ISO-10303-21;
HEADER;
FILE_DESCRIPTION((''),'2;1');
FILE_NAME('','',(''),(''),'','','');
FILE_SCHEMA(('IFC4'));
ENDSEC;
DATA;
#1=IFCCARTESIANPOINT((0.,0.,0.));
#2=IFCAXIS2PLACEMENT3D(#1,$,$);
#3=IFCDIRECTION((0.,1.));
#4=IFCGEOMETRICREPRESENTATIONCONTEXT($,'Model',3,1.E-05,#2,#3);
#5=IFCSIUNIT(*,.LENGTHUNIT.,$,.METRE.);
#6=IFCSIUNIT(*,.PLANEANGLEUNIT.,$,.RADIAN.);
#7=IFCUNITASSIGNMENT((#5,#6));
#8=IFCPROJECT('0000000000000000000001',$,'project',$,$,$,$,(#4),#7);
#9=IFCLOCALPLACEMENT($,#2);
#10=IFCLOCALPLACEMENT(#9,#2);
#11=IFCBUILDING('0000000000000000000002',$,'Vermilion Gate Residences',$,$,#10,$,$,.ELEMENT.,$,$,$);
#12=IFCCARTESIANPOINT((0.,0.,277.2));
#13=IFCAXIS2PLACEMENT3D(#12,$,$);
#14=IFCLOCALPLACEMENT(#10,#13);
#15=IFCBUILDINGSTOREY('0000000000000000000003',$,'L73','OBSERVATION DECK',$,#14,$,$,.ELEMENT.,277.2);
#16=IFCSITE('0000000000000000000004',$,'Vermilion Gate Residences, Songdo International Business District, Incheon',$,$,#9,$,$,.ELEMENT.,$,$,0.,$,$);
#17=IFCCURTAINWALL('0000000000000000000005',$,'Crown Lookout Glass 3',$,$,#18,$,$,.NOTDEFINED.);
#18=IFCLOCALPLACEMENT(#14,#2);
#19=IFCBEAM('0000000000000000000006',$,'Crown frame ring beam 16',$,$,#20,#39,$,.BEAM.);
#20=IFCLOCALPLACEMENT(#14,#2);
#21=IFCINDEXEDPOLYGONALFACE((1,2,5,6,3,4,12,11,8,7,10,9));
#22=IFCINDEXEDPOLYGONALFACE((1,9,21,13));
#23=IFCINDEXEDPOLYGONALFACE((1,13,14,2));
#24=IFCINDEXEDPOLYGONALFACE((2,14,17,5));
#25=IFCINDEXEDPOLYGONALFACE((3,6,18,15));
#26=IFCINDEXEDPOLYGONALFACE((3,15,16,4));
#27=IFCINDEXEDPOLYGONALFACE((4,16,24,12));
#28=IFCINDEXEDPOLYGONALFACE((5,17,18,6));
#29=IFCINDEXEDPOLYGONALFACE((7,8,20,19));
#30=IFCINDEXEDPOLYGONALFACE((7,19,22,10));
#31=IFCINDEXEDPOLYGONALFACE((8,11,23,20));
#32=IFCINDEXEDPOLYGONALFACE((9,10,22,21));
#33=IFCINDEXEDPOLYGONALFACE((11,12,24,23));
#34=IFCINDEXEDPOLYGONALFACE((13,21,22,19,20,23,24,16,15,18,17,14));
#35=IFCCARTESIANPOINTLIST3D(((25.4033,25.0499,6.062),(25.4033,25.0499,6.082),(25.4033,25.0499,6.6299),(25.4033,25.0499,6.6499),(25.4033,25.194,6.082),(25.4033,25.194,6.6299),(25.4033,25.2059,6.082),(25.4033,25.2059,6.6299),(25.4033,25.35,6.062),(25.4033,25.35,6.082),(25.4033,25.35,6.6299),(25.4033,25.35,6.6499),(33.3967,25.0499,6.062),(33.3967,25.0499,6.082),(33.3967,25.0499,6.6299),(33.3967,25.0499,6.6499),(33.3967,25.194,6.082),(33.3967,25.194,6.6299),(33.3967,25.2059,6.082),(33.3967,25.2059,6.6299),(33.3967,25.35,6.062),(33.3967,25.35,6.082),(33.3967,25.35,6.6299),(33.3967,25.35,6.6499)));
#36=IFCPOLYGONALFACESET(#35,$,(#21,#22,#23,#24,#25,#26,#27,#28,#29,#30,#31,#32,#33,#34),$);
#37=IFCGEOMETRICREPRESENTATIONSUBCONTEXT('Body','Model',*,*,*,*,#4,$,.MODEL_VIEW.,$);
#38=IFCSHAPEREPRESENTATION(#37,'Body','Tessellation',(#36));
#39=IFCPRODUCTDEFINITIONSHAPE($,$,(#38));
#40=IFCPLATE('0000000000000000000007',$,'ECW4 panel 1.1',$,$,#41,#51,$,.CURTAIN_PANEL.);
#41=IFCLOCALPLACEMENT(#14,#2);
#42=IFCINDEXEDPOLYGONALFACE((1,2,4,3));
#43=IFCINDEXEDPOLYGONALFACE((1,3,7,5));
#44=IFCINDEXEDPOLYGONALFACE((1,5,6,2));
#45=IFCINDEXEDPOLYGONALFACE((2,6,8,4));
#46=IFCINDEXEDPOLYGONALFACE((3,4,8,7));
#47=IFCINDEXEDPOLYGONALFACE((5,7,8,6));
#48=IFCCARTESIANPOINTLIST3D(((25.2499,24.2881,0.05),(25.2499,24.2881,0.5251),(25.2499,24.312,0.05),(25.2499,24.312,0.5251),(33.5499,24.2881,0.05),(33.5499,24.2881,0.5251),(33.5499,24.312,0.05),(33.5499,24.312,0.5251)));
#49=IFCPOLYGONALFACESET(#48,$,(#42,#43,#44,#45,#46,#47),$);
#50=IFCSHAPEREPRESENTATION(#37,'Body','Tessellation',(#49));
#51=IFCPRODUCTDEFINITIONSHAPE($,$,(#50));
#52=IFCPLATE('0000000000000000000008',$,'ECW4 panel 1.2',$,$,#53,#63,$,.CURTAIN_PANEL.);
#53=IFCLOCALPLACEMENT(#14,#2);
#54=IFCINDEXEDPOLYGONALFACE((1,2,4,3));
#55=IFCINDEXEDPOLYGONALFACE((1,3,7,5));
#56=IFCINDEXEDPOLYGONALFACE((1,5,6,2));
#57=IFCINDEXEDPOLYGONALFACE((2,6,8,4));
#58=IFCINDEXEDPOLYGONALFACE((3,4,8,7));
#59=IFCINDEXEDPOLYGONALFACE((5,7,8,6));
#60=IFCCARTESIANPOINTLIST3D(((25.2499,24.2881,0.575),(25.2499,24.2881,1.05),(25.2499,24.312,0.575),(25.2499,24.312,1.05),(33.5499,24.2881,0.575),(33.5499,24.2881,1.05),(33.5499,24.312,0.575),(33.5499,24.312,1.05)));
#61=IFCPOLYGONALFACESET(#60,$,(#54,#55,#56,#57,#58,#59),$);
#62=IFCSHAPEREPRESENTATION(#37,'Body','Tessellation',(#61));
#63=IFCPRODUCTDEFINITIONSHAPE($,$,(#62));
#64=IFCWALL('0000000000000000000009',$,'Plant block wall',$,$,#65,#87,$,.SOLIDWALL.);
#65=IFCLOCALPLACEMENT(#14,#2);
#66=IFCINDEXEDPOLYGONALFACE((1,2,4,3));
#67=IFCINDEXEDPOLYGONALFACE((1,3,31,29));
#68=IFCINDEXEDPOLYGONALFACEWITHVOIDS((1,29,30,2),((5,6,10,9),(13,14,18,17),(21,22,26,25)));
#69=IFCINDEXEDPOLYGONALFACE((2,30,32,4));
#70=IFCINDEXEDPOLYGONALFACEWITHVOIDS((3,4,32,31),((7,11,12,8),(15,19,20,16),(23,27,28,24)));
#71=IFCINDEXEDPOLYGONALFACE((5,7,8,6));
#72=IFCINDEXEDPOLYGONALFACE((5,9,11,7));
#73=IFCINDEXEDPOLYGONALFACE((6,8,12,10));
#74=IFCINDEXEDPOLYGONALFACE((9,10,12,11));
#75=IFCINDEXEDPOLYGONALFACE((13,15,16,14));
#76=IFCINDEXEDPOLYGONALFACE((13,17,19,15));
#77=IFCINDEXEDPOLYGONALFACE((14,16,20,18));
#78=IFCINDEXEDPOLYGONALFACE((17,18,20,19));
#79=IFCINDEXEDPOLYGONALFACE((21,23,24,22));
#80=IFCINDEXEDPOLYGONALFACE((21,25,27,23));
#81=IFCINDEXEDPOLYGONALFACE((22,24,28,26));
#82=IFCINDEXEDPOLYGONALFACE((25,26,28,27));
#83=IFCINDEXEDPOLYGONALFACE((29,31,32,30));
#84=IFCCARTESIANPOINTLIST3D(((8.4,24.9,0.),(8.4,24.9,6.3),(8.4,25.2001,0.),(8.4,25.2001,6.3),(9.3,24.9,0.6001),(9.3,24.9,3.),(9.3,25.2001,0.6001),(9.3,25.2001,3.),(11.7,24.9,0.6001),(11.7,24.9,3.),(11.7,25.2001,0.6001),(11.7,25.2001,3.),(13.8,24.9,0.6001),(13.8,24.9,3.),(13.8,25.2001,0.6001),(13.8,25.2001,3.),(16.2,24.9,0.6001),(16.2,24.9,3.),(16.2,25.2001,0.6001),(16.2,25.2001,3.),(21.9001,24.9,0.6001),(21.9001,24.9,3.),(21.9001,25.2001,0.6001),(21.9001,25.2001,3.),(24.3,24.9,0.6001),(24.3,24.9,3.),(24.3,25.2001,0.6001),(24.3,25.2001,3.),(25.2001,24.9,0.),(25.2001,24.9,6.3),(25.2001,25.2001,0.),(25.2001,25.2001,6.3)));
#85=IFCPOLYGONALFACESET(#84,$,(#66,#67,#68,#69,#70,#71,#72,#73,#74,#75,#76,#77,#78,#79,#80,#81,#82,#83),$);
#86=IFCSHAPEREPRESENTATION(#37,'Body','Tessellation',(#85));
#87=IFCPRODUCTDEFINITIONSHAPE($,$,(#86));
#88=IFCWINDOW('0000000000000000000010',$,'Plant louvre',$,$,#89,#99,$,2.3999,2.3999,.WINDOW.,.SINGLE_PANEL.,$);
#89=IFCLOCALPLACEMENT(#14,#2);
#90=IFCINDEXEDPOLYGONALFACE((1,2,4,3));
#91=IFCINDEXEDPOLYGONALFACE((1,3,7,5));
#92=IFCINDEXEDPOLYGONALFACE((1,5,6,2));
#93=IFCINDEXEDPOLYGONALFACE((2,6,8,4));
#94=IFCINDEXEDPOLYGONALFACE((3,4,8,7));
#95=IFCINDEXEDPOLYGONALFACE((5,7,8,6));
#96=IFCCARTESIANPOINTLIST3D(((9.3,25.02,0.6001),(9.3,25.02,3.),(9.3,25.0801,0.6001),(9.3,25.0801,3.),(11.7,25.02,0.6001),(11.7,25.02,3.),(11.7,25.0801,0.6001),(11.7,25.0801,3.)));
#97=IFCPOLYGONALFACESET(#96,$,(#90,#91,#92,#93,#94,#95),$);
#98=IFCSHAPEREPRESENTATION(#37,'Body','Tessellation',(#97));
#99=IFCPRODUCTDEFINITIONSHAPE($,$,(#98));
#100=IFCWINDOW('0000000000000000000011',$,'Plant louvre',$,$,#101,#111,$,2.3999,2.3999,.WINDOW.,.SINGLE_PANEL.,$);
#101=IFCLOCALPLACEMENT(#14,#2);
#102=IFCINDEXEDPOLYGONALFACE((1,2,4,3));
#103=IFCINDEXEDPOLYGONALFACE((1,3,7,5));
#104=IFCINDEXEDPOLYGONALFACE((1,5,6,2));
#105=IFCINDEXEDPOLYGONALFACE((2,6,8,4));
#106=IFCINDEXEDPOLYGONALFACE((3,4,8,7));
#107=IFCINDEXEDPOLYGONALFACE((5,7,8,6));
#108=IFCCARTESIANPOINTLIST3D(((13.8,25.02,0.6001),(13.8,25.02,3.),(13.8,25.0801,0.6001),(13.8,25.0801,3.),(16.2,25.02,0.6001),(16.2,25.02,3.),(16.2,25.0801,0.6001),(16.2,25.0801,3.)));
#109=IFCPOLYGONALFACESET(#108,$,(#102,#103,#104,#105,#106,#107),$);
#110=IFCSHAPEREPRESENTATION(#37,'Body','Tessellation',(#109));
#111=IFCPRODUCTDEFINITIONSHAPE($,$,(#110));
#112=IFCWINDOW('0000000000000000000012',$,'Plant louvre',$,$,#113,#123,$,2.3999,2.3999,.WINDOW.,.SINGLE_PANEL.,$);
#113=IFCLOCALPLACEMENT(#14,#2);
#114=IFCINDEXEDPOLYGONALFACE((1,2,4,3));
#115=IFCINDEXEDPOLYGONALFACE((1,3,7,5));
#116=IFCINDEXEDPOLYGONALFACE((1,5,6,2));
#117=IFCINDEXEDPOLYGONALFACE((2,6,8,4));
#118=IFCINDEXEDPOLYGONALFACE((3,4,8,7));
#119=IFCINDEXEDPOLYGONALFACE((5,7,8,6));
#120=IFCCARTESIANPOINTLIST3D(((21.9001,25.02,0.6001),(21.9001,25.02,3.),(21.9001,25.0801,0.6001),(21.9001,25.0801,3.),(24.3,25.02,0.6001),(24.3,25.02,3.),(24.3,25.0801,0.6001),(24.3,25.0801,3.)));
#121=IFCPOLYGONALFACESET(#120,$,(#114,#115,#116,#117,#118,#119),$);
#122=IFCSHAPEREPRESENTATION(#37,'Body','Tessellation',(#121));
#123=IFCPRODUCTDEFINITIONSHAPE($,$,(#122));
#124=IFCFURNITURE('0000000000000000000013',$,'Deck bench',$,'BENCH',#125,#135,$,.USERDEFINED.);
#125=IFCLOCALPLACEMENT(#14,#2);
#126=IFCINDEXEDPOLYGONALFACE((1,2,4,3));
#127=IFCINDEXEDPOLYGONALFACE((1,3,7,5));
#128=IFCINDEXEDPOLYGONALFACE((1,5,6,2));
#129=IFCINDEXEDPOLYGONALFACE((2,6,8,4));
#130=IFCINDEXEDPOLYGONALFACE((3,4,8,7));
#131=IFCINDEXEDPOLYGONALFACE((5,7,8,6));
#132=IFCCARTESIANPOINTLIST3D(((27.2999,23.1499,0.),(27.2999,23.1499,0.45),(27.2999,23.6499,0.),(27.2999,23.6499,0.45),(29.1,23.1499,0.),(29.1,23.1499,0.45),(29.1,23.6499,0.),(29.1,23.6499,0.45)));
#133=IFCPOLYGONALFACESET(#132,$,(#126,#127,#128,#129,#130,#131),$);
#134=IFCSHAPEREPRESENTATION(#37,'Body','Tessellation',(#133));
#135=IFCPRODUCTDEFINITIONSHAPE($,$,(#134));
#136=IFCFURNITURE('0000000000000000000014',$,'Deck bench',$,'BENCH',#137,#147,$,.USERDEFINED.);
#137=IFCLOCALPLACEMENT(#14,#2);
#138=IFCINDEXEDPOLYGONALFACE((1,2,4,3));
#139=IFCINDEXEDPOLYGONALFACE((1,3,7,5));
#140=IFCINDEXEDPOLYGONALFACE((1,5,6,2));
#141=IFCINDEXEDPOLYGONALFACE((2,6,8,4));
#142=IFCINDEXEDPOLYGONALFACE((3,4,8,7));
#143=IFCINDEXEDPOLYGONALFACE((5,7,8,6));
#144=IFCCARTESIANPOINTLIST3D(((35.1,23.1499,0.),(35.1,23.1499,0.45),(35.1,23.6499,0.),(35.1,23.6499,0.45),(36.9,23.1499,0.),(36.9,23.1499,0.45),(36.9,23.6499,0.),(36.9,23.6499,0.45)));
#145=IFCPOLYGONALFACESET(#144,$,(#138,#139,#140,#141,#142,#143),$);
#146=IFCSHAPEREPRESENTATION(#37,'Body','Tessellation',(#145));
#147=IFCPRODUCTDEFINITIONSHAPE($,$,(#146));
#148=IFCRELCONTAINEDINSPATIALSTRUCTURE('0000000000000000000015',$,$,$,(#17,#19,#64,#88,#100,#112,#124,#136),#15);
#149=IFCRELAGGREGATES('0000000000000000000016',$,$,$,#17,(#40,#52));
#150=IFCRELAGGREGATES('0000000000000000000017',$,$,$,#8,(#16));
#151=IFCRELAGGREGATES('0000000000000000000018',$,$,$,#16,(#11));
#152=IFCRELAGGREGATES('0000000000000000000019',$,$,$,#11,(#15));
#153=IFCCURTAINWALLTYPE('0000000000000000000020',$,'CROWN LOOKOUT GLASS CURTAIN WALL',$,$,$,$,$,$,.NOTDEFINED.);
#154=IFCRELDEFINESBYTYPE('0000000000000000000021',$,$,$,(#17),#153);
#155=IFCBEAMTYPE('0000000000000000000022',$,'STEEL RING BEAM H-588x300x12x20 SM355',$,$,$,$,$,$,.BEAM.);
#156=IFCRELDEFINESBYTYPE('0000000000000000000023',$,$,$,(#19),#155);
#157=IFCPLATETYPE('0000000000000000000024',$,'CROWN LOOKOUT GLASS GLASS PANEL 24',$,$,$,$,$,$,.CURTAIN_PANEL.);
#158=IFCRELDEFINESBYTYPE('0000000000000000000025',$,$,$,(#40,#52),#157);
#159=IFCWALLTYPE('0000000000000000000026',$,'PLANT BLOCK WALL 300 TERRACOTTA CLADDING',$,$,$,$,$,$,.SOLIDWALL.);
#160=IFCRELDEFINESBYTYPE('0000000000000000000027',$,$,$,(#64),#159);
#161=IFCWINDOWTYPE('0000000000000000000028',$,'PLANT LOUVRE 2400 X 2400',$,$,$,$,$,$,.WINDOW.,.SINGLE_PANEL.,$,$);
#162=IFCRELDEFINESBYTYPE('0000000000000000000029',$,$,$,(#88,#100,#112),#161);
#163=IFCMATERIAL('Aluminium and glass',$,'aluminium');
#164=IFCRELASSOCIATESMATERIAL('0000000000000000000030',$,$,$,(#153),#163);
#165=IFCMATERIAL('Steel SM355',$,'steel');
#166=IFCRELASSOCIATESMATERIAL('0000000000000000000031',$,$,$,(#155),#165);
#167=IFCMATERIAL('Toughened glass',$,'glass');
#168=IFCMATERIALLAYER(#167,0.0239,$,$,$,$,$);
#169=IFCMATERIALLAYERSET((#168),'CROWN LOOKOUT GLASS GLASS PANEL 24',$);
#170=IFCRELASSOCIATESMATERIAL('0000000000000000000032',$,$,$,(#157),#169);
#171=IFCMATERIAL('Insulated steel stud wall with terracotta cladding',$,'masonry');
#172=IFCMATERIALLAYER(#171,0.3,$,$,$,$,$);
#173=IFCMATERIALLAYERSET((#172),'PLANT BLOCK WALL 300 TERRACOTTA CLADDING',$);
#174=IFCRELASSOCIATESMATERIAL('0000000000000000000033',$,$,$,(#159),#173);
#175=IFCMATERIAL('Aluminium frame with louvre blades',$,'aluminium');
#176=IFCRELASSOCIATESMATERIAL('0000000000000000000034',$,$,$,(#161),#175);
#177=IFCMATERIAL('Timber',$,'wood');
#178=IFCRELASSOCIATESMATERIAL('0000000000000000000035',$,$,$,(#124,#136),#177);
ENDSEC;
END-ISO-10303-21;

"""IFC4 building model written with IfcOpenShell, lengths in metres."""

from ifc_helpers import new_model, si_unit, direction, frame, frame_2d, origin, origin_2d, place, context, subcontext, project, spatial, rectangle, i_section, extrude, material, layer, layer_set, material_profile, profile_set, type_object, element, fill, aggregate, save


model = new_model("IFC4")

# Units and contexts
model_context = context("Model", 3, precision=1e-05, world=origin(), true_north=direction((0.0, 1.0)))
body_context = subcontext(model_context, "Body", "Model", "MODEL_VIEW")
ifc_project = project(units=[si_unit("LENGTHUNIT", "METRE"), si_unit("PLANEANGLEUNIT", "RADIAN")], contexts=[model_context])

# Site, building, storey
site_placement = place(None, origin())
site = spatial("IfcSite", under=ifc_project, at=site_placement, Name="Vermilion Gate Residences, Songdo International Business District, Incheon", CompositionType="ELEMENT", RefElevation=0.0)
building_placement = place(site_placement, origin())
building = spatial("IfcBuilding", under=site, at=building_placement, Name="Vermilion Gate Residences", CompositionType="ELEMENT")
storey_placement = place(building_placement, frame((0.0, 0.0, 277.2)))
storey = spatial("IfcBuildingStorey", under=building, at=storey_placement, Name="L73", Description="OBSERVATION DECK", CompositionType="ELEMENT", Elevation=277.2)

# Shared definitions
ifc_material_1 = material(Name="Aluminium and glass", Category="aluminium")
curtain_wall_type = type_object("IfcCurtainWallType", Name="CROWN LOOKOUT GLASS CURTAIN WALL", PredefinedType="NOTDEFINED", material=ifc_material_1)

# Curtain wall
curtain_wall_1_placement = place(storey_placement, origin())
curtain_wall_1 = element("IfcCurtainWall", 1, at=curtain_wall_1_placement, inside=storey, type_object=curtain_wall_type, Name="Crown Lookout Glass 3", PredefinedType="NOTDEFINED")

# Beam
ifc_material_2 = material(Name="Steel SM355", Category="steel")
ifc_material_profile_1 = material_profile(ifc_material_2, i_section(OverallWidth=0.3, OverallDepth=0.5879, WebThickness=0.012, FlangeThickness=0.02, at=origin_2d()), Name="H-588x300x12x20")
ifc_profile_set_1 = profile_set([ifc_material_profile_1], Name="Steel SM355")
beam_type = type_object("IfcBeamType", Name="STEEL RING BEAM H-588x300x12x20 SM355", PredefinedType="BEAM", material=ifc_profile_set_1)
beam_placement = place(storey_placement, frame((25.4033, 25.2, 6.356), z_axis=(1.0, 0.0, 0.0), x_axis=(0.0, 1.0, 0.0)))
element("IfcBeam", 2, at=beam_placement, inside=storey, type_object=beam_type, Name="Crown frame ring beam 16", PredefinedType="BEAM", context=body_context, shape_type="SweptSolid", body=[
    extrude(i_section(OverallWidth=0.3, OverallDepth=0.5879, WebThickness=0.012, FlangeThickness=0.02, at=origin_2d()), origin(), (0.0, 0.0, 1.0), 7.9934),
])

# Plates
ifc_material_3 = material(Name="Toughened glass", Category="glass")
ifc_layer_1 = layer(ifc_material_3, 0.0239)
ifc_layer_set_1 = layer_set([ifc_layer_1], Name="CROWN LOOKOUT GLASS GLASS PANEL 24")
plate_type = type_object("IfcPlateType", Name="CROWN LOOKOUT GLASS GLASS PANEL 24", PredefinedType="CURTAIN_PANEL", material=ifc_layer_set_1)
plate_1_placement = place(storey_placement, frame((29.3999, 24.3, 0.05), z_axis=(0.0, 0.0, 1.0), x_axis=(-1.0, 0.0, 0.0)))
plate_1 = element("IfcPlate", 3, at=plate_1_placement, type_object=plate_type, Name="ECW4 panel 1.1", PredefinedType="CURTAIN_PANEL", context=body_context, shape_type="SweptSolid", body=[
    extrude(rectangle(XDim=8.3, YDim=0.0239, at=origin_2d()), origin(), (0.0, 0.0, 1.0), 0.4751),
])
plate_2_placement = place(storey_placement, frame((29.3999, 24.3, 0.575), z_axis=(0.0, 0.0, 1.0), x_axis=(-1.0, 0.0, 0.0)))
plate_2 = element("IfcPlate", 4, at=plate_2_placement, type_object=plate_type, Name="ECW4 panel 1.2", PredefinedType="CURTAIN_PANEL", context=body_context, shape_type="SweptSolid", body=[
    extrude(rectangle(XDim=8.3, YDim=0.0239, at=origin_2d()), origin(), (0.0, 0.0, 1.0), 0.4751),
])
aggregate(curtain_wall_1, [plate_1, plate_2])

# Wall, openings, windows
ifc_material_4 = material(Name="Insulated steel stud wall with terracotta cladding", Category="masonry")
ifc_layer_2 = layer(ifc_material_4, 0.3)
ifc_layer_set_2 = layer_set([ifc_layer_2], Name="PLANT BLOCK WALL 300 TERRACOTTA CLADDING")
wall_type = type_object("IfcWallType", Name="PLANT BLOCK WALL 300 TERRACOTTA CLADDING", PredefinedType="SOLIDWALL", material=ifc_layer_set_2)
wall_placement = place(storey_placement, frame((25.2, 25.05, 0.0), z_axis=(0.0, 0.0, 1.0), x_axis=(-1.0, 0.0, 0.0)))
wall = element("IfcWall", 5, at=wall_placement, inside=storey, type_object=wall_type, Name="Plant block wall", PredefinedType="SOLIDWALL", context=body_context, shape_type="SweptSolid", body=[
    extrude(rectangle(XDim=16.8, YDim=0.3, at=frame_2d((8.3999, 0.0))), origin(), (0.0, 0.0, 1.0), 6.3),
])
opening_1_placement = place(wall_placement, frame((13.5, 0.0, 0.6001)))
opening_1 = element("IfcOpeningElement", 6, at=opening_1_placement, cuts=wall, PredefinedType="OPENING", context=body_context, shape_type="SweptSolid", body=[
    extrude(rectangle(XDim=2.3999, YDim=2.3999, at=frame_2d((1.2, 1.2))), frame((0.0, 0.1599, 0.0), z_axis=(0.0, -1.0, 0.0), x_axis=(1.0, 0.0, 0.0)), (0.0, 0.0, 1.0), 0.3201),
])
opening_2_placement = place(wall_placement, frame((9.0, 0.0, 0.6001)))
opening_2 = element("IfcOpeningElement", 7, at=opening_2_placement, cuts=wall, PredefinedType="OPENING", context=body_context, shape_type="SweptSolid", body=[
    extrude(rectangle(XDim=2.3999, YDim=2.3999, at=frame_2d((1.2, 1.2))), frame((0.0, 0.1599, 0.0), z_axis=(0.0, -1.0, 0.0), x_axis=(1.0, 0.0, 0.0)), (0.0, 0.0, 1.0), 0.3201),
])
opening_3_placement = place(wall_placement, frame((0.8999, 0.0, 0.6001)))
opening_3 = element("IfcOpeningElement", 8, at=opening_3_placement, cuts=wall, PredefinedType="OPENING", context=body_context, shape_type="SweptSolid", body=[
    extrude(rectangle(XDim=2.3999, YDim=2.3999, at=frame_2d((1.2, 1.2))), frame((0.0, 0.1599, 0.0), z_axis=(0.0, -1.0, 0.0), x_axis=(1.0, 0.0, 0.0)), (0.0, 0.0, 1.0), 0.3201),
])
ifc_material_5 = material(Name="Aluminium frame with louvre blades", Category="aluminium")
window_type = type_object("IfcWindowType", Name="PLANT LOUVRE 2400 X 2400", PartitioningType="SINGLE_PANEL", PredefinedType="WINDOW", material=ifc_material_5)
window_1_placement = place(opening_1_placement, origin())
window_1 = element("IfcWindow", 9, at=window_1_placement, inside=storey, type_object=window_type, Name="Plant louvre", OverallHeight=2.3999, OverallWidth=2.3999, PartitioningType="SINGLE_PANEL", PredefinedType="WINDOW", context=body_context, shape_type="SweptSolid", body=[
    extrude(rectangle(XDim=2.3999, YDim=2.3999, at=frame_2d((1.2, 1.2))), frame((0.0, 0.03, 0.0), z_axis=(0.0, -1.0, 0.0), x_axis=(1.0, 0.0, 0.0)), (0.0, 0.0, 1.0), 0.0601),
])
fill(opening_1, window_1)
window_2_placement = place(opening_2_placement, origin())
window_2 = element("IfcWindow", 10, at=window_2_placement, inside=storey, type_object=window_type, Name="Plant louvre", OverallHeight=2.3999, OverallWidth=2.3999, PartitioningType="SINGLE_PANEL", PredefinedType="WINDOW", context=body_context, shape_type="SweptSolid", body=[
    extrude(rectangle(XDim=2.3999, YDim=2.3999, at=frame_2d((1.2, 1.2))), frame((0.0, 0.03, 0.0), z_axis=(0.0, -1.0, 0.0), x_axis=(1.0, 0.0, 0.0)), (0.0, 0.0, 1.0), 0.0601),
])
fill(opening_2, window_2)
window_3_placement = place(opening_3_placement, origin())
window_3 = element("IfcWindow", 11, at=window_3_placement, inside=storey, type_object=window_type, Name="Plant louvre", OverallHeight=2.3999, OverallWidth=2.3999, PartitioningType="SINGLE_PANEL", PredefinedType="WINDOW", context=body_context, shape_type="SweptSolid", body=[
    extrude(rectangle(XDim=2.3999, YDim=2.3999, at=frame_2d((1.2, 1.2))), frame((0.0, 0.03, 0.0), z_axis=(0.0, -1.0, 0.0), x_axis=(1.0, 0.0, 0.0)), (0.0, 0.0, 1.0), 0.0601),
])
fill(opening_3, window_3)

# Furniture
ifc_material_6 = material(Name="Timber", Category="wood")
for number, where, z_axis, x_axis, name in (
    (12, (28.2, 23.3999, 0.0), (0.0, 0.0, 1.0), (1.0, 0.0, 0.0), "Deck bench"),
    (13, (36.0, 23.3999, 0.0), (0.0, 0.0, 1.0), (1.0, 0.0, 0.0), "Deck bench"),
):
    element("IfcFurniture", number, at=place(storey_placement, frame(where, z_axis=z_axis, x_axis=x_axis)), inside=storey, material=ifc_material_6, Name=name, ObjectType="BENCH", PredefinedType="USERDEFINED", context=body_context, shape_type="SweptSolid", body=[
        extrude(rectangle(XDim=1.8, YDim=0.5, at=origin_2d()), origin(), (0.0, 0.0, 1.0), 0.45),
    ])

save(model, "model.ifc")
